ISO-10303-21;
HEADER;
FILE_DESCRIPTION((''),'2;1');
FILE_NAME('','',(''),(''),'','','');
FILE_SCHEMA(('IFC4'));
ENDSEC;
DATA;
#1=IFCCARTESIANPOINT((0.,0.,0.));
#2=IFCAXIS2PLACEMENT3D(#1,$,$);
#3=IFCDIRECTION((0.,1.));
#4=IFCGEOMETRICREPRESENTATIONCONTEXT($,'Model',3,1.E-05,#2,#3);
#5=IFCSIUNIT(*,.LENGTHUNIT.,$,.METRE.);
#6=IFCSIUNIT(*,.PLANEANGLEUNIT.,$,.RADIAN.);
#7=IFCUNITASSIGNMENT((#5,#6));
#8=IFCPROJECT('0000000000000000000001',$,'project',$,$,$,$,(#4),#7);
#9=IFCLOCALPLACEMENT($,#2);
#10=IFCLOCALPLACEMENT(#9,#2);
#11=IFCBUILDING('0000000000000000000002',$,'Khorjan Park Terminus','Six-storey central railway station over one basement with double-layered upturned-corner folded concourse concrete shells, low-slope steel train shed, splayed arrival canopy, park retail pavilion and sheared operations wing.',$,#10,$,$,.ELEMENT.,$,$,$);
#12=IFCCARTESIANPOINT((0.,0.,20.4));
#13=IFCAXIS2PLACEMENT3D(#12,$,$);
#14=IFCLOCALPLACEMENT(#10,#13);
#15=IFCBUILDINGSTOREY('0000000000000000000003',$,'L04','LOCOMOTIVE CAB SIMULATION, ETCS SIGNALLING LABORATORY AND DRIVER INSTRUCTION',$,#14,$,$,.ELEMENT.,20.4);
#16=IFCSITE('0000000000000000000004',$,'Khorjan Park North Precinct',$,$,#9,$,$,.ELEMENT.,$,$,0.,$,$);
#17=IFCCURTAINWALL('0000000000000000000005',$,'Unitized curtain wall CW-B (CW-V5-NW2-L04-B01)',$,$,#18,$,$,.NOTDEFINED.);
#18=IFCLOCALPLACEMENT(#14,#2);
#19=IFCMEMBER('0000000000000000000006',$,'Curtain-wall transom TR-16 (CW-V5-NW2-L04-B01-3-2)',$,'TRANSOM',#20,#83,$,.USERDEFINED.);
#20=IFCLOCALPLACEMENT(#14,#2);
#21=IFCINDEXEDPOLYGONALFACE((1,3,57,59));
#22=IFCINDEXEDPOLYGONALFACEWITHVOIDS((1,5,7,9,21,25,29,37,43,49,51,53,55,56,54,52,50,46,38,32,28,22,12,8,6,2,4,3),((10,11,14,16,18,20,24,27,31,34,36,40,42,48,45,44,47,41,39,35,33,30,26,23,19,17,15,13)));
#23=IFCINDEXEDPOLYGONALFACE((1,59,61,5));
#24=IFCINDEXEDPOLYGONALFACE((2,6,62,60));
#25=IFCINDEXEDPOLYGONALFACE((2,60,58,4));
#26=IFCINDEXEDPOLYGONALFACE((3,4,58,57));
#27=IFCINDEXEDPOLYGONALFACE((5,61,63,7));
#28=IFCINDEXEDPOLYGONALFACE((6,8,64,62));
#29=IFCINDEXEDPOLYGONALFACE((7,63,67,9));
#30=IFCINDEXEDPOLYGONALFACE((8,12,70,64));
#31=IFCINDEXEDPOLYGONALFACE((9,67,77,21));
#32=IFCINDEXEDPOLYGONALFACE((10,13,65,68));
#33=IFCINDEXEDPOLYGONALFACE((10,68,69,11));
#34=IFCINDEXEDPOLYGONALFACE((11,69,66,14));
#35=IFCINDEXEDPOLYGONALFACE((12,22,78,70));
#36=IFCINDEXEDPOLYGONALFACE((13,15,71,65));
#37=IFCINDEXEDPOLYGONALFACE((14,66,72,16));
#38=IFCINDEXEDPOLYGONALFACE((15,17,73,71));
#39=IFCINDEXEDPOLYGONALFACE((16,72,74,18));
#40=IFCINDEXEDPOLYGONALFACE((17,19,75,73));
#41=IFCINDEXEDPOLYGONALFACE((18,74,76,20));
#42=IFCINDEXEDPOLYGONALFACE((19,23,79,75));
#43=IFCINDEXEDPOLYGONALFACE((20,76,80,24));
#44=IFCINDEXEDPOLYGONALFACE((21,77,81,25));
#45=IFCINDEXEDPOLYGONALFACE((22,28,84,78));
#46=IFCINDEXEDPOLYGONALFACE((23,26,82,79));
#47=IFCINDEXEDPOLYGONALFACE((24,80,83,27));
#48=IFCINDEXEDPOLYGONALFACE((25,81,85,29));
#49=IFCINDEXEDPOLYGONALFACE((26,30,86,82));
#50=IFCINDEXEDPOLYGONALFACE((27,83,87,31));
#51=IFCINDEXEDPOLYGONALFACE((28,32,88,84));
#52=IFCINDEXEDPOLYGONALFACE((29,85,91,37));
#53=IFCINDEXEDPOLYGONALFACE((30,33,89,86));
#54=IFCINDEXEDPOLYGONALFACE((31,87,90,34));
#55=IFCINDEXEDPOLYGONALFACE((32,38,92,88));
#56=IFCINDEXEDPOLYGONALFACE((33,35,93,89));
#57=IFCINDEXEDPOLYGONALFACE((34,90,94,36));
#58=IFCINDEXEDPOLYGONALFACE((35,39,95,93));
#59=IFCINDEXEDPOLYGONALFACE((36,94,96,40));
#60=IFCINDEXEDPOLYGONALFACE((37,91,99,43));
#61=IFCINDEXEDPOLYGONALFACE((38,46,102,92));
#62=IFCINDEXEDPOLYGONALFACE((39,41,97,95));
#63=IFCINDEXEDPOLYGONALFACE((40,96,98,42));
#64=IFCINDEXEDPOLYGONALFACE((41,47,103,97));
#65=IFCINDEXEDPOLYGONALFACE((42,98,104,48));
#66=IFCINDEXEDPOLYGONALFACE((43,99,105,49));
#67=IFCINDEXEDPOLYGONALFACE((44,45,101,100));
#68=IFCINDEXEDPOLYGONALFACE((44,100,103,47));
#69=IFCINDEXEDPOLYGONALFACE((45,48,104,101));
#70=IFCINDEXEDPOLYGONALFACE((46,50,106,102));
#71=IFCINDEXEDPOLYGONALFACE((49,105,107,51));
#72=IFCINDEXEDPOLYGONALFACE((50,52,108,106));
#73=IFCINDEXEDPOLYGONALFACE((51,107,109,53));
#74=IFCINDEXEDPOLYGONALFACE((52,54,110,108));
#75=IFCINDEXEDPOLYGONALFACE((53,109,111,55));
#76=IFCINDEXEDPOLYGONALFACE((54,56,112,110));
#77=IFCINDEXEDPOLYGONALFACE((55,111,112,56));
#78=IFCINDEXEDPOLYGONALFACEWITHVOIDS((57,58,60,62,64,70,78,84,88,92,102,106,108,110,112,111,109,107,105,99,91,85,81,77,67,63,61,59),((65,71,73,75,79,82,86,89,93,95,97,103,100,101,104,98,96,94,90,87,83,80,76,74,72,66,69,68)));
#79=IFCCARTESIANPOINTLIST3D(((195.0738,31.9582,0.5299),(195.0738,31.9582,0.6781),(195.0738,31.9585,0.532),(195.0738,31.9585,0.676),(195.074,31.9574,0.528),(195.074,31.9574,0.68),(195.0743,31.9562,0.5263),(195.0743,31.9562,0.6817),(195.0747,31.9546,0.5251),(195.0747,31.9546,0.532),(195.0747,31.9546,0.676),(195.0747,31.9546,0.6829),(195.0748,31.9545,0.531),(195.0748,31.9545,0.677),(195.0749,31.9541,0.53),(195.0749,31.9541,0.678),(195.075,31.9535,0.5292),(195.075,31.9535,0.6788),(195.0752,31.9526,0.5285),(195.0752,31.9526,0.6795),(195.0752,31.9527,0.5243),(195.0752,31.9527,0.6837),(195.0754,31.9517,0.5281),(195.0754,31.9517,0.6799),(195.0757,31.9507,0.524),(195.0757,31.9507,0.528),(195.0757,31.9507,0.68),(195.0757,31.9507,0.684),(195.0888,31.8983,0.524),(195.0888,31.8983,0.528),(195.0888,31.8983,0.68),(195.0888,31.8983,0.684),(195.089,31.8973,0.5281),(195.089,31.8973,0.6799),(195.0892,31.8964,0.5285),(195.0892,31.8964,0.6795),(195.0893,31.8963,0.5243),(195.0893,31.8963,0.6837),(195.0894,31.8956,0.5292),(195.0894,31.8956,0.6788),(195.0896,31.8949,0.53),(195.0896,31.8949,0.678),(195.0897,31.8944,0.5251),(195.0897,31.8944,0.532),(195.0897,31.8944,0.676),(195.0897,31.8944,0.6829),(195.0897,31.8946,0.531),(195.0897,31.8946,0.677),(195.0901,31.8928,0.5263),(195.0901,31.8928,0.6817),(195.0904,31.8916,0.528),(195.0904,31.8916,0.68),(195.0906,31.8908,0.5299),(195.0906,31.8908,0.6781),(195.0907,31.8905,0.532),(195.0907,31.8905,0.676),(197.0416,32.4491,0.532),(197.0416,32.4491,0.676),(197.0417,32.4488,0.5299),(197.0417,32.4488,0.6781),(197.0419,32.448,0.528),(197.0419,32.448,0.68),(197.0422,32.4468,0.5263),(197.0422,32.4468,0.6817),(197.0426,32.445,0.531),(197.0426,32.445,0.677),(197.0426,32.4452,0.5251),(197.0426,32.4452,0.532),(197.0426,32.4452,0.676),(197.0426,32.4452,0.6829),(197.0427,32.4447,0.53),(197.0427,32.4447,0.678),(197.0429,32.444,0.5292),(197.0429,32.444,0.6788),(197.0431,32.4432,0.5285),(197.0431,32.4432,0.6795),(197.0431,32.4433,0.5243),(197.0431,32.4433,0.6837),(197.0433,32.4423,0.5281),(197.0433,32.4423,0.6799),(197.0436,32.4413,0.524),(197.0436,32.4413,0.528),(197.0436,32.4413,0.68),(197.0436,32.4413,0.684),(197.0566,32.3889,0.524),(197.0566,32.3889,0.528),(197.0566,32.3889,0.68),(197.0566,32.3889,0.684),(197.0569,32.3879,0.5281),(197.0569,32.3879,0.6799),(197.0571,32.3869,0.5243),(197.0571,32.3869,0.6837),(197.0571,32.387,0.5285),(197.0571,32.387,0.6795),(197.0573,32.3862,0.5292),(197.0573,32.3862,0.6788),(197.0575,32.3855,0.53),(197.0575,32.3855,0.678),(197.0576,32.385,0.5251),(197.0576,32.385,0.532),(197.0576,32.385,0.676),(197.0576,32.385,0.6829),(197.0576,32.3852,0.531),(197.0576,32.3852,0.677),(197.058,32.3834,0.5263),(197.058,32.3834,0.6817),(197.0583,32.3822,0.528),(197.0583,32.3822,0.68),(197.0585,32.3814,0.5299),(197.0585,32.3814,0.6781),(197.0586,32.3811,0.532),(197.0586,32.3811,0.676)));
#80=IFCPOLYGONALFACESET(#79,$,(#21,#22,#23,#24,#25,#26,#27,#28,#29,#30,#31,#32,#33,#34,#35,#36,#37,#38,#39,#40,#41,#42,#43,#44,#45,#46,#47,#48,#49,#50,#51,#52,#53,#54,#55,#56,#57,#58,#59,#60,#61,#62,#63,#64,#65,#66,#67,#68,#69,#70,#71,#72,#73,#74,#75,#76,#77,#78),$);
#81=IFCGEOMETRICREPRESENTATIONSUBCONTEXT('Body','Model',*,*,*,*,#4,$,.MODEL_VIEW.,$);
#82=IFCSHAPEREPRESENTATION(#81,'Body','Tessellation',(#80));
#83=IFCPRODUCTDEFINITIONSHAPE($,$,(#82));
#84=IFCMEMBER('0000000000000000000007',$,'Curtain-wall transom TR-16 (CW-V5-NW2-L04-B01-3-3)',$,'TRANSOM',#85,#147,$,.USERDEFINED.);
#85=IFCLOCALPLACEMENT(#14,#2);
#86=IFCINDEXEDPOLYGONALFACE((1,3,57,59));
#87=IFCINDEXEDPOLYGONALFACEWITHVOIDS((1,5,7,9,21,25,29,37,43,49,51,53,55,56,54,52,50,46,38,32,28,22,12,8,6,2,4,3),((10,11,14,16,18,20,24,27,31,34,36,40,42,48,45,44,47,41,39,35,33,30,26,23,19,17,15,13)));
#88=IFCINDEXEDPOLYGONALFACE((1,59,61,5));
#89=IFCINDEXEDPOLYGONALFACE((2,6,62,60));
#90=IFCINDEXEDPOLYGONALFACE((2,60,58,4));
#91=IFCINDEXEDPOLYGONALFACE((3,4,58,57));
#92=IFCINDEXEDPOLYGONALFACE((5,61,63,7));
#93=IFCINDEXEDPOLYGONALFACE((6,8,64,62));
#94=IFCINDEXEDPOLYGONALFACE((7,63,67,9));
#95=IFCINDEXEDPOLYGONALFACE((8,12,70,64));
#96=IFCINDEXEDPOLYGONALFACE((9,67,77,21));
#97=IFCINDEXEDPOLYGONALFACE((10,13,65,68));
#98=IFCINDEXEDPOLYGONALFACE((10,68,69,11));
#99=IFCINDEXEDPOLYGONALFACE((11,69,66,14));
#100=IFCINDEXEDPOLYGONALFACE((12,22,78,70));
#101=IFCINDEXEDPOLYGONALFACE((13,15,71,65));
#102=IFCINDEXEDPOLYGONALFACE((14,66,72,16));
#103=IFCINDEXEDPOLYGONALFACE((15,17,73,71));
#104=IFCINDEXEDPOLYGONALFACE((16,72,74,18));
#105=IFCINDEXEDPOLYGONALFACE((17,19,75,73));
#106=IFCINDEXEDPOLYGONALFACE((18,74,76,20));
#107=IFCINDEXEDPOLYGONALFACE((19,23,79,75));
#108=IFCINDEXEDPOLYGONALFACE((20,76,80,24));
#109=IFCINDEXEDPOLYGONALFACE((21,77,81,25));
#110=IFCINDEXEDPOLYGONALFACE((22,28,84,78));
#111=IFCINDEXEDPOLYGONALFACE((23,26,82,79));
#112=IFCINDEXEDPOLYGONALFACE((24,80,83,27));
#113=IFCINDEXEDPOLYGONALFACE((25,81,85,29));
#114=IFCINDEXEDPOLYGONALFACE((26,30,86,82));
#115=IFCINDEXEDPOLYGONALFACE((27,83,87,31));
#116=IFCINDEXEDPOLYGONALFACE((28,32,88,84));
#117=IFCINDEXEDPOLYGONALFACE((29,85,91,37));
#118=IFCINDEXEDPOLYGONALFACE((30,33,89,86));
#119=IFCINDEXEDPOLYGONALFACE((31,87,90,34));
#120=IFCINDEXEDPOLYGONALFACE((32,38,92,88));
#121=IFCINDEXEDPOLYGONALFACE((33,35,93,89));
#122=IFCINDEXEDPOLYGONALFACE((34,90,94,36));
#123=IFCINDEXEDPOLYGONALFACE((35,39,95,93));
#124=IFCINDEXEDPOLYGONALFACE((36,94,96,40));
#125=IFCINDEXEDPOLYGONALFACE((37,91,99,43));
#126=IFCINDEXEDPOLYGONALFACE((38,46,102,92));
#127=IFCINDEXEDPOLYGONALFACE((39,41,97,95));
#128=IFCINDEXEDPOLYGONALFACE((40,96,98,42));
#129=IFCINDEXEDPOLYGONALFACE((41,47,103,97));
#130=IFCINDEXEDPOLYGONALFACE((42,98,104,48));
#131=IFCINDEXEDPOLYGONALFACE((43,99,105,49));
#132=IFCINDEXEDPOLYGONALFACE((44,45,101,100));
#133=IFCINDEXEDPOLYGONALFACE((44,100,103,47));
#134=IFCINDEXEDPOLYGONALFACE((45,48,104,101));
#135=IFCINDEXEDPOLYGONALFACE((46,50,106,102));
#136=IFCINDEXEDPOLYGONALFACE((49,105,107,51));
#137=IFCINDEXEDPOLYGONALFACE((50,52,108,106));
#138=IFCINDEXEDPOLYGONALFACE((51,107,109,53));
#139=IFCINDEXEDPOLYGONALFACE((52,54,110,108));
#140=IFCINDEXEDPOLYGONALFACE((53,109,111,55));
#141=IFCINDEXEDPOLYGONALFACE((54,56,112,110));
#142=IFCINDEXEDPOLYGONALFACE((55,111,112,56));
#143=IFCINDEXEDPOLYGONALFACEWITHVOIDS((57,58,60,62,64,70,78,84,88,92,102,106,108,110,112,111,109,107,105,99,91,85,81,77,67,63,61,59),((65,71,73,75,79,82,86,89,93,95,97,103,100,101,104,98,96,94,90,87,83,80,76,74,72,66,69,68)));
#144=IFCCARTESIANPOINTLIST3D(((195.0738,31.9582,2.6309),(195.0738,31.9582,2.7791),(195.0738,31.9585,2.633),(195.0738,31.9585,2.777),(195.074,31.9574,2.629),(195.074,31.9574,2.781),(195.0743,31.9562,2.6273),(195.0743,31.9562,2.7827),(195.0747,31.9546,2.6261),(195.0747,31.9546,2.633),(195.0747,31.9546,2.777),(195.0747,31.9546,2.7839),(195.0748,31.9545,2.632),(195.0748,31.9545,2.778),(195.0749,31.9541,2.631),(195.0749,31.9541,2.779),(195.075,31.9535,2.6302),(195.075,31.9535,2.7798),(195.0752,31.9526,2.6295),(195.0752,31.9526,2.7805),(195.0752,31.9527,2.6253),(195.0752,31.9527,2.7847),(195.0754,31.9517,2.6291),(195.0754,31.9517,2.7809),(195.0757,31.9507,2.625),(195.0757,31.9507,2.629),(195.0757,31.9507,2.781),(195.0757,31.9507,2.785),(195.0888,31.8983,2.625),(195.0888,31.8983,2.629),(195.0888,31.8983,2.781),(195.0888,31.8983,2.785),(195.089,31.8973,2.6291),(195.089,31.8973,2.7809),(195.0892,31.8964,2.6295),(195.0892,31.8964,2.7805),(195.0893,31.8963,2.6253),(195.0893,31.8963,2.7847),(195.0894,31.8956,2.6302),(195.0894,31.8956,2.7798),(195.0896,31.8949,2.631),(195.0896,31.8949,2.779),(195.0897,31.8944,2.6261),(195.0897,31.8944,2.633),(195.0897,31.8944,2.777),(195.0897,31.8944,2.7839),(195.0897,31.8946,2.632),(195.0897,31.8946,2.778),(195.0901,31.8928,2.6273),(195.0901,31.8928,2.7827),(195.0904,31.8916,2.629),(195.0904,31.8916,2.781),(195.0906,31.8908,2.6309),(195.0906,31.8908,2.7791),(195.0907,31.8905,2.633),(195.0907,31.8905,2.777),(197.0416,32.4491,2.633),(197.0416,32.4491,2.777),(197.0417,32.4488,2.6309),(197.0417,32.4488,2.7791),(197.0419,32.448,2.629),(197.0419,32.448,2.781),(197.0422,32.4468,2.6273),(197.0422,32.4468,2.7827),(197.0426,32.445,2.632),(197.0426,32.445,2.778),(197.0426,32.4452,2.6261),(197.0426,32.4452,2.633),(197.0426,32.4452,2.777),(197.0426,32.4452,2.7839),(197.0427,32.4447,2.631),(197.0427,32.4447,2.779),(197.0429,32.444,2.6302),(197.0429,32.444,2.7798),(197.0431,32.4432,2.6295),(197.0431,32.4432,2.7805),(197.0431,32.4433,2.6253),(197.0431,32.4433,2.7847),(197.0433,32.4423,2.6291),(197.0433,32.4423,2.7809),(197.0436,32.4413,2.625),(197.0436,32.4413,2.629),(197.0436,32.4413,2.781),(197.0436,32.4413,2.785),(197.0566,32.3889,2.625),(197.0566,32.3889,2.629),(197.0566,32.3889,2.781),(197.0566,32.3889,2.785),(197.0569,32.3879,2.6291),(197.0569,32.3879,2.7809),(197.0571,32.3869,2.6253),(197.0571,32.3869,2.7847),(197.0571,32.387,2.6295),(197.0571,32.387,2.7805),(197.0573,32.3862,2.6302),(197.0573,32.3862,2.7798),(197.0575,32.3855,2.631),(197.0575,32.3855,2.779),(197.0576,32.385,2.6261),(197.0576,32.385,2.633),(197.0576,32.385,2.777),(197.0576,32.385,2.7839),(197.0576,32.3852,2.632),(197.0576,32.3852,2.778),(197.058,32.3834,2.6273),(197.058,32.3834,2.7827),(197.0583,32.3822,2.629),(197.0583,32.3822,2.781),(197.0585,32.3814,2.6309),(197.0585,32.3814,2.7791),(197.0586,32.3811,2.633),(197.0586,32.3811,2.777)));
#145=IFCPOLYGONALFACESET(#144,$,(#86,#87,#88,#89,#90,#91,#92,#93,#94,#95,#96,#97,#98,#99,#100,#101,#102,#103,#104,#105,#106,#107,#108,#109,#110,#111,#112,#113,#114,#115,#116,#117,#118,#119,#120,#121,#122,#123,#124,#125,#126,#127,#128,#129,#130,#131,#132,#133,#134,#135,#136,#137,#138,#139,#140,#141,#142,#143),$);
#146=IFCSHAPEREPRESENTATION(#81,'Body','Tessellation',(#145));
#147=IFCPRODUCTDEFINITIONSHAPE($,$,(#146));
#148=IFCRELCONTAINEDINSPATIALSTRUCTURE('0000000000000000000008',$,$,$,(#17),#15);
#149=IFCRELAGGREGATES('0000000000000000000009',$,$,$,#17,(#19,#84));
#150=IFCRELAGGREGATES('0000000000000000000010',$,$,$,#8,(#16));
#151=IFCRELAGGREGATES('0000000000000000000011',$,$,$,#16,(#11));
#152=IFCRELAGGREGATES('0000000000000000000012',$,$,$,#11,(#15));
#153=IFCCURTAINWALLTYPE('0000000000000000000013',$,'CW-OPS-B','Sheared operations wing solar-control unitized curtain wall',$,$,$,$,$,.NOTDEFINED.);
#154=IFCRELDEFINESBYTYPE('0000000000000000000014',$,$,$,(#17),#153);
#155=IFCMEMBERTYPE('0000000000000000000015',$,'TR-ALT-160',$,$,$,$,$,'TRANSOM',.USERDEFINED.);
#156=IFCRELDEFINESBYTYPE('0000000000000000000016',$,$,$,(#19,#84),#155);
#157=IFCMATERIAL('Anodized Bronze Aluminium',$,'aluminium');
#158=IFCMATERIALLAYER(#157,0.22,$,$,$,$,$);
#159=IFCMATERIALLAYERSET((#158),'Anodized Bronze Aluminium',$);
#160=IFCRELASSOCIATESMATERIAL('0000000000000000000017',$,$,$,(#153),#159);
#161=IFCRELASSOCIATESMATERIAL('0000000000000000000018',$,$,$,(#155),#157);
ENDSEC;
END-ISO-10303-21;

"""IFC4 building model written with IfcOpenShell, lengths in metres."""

from ifc_helpers import new_model, si_unit, direction, frame, origin, origin_2d, place, context, subcontext, project, spatial, hollow_rectangle, extrude, material, layer, layer_set, material_profile, profile_set, type_object, element, aggregate, save


model = new_model("IFC4")

# Units and contexts
model_context = context("Model", 3, precision=1e-05, world=origin(), true_north=direction((0.0, 1.0)))
body_context = subcontext(model_context, "Body", "Model", "MODEL_VIEW")
ifc_project = project(units=[si_unit("LENGTHUNIT", "METRE"), si_unit("PLANEANGLEUNIT", "RADIAN")], contexts=[model_context])

# Site, building, storey
site_placement = place(None, origin())
site = spatial("IfcSite", under=ifc_project, at=site_placement, Name="Khorjan Park North Precinct", CompositionType="ELEMENT", RefElevation=0.0)
building_placement = place(site_placement, origin())
building = spatial("IfcBuilding", under=site, at=building_placement, Name="Khorjan Park Terminus", Description="Six-storey central railway station over one basement with double-layered upturned-corner folded concourse concrete shells, low-slope steel train shed, splayed arrival canopy, park retail pavilion and sheared operations wing.", CompositionType="ELEMENT")
storey_placement = place(building_placement, frame((0.0, 0.0, 20.4)))
storey = spatial("IfcBuildingStorey", under=building, at=storey_placement, Name="L04", Description="LOCOMOTIVE CAB SIMULATION, ETCS SIGNALLING LABORATORY AND DRIVER INSTRUCTION", CompositionType="ELEMENT", Elevation=20.4)

# Curtain wall, members
ifc_material_1 = material(Name="Anodized Bronze Aluminium", Category="aluminium")
ifc_layer_1 = layer(ifc_material_1, 0.22)
ifc_layer_set_1 = layer_set([ifc_layer_1], Name="Anodized Bronze Aluminium")
curtain_wall_type = type_object("IfcCurtainWallType", Name="CW-OPS-B", Description="Sheared operations wing solar-control unitized curtain wall", PredefinedType="NOTDEFINED", material=ifc_layer_set_1)
curtain_wall_placement = place(storey_placement, origin())
curtain_wall = element("IfcCurtainWall", 1, at=curtain_wall_placement, inside=storey, type_object=curtain_wall_type, Name="Unitized curtain wall CW-B (CW-V5-NW2-L04-B01)", PredefinedType="NOTDEFINED")
ifc_material_profile_1 = material_profile(ifc_material_1, hollow_rectangle(XDim=0.07, YDim=0.16, WallThickness=0.004, InnerFilletRadius=0.004, OuterFilletRadius=0.008, at=origin_2d()), Name="ALT 70x160x4")
ifc_profile_set_1 = profile_set([ifc_material_profile_1], Name="Anodized Bronze Aluminium")
member_type_1 = type_object("IfcMemberType", Name="TR-ALT-160", ElementType="TRANSOM", PredefinedType="USERDEFINED", material=ifc_profile_set_1)
member_1_placement = place(storey_placement, frame((197.0501, 32.4151, 0.604), z_axis=(-0.970302, -0.241897, 0.0), x_axis=(0.241897, -0.970302, 0.0)))
member_1 = element("IfcMember", 2, at=member_1_placement, type_object=member_type_1, Name="Curtain-wall transom TR-16 (CW-V5-NW2-L04-B01-3-2)", ObjectType="TRANSOM", PredefinedType="USERDEFINED", context=body_context, shape_type="SweptSolid", body=[
    extrude(hollow_rectangle(XDim=0.07, YDim=0.16, WallThickness=0.004, InnerFilletRadius=0.004, OuterFilletRadius=0.008, at=origin_2d()), origin(), (0.0, 0.0, 1.0), 2.0281),
])
member_2_placement = place(storey_placement, frame((197.0501, 32.4151, 2.705), z_axis=(-0.970302, -0.241897, 0.0), x_axis=(0.241897, -0.970302, 0.0)))
member_2 = element("IfcMember", 3, at=member_2_placement, type_object=member_type_1, Name="Curtain-wall transom TR-16 (CW-V5-NW2-L04-B01-3-3)", ObjectType="TRANSOM", PredefinedType="USERDEFINED", context=body_context, shape_type="SweptSolid", body=[
    extrude(hollow_rectangle(XDim=0.07, YDim=0.16, WallThickness=0.004, InnerFilletRadius=0.004, OuterFilletRadius=0.008, at=origin_2d()), origin(), (0.0, 0.0, 1.0), 2.0281),
])
aggregate(curtain_wall, [member_1, member_2])

save(model, "model.ifc")
